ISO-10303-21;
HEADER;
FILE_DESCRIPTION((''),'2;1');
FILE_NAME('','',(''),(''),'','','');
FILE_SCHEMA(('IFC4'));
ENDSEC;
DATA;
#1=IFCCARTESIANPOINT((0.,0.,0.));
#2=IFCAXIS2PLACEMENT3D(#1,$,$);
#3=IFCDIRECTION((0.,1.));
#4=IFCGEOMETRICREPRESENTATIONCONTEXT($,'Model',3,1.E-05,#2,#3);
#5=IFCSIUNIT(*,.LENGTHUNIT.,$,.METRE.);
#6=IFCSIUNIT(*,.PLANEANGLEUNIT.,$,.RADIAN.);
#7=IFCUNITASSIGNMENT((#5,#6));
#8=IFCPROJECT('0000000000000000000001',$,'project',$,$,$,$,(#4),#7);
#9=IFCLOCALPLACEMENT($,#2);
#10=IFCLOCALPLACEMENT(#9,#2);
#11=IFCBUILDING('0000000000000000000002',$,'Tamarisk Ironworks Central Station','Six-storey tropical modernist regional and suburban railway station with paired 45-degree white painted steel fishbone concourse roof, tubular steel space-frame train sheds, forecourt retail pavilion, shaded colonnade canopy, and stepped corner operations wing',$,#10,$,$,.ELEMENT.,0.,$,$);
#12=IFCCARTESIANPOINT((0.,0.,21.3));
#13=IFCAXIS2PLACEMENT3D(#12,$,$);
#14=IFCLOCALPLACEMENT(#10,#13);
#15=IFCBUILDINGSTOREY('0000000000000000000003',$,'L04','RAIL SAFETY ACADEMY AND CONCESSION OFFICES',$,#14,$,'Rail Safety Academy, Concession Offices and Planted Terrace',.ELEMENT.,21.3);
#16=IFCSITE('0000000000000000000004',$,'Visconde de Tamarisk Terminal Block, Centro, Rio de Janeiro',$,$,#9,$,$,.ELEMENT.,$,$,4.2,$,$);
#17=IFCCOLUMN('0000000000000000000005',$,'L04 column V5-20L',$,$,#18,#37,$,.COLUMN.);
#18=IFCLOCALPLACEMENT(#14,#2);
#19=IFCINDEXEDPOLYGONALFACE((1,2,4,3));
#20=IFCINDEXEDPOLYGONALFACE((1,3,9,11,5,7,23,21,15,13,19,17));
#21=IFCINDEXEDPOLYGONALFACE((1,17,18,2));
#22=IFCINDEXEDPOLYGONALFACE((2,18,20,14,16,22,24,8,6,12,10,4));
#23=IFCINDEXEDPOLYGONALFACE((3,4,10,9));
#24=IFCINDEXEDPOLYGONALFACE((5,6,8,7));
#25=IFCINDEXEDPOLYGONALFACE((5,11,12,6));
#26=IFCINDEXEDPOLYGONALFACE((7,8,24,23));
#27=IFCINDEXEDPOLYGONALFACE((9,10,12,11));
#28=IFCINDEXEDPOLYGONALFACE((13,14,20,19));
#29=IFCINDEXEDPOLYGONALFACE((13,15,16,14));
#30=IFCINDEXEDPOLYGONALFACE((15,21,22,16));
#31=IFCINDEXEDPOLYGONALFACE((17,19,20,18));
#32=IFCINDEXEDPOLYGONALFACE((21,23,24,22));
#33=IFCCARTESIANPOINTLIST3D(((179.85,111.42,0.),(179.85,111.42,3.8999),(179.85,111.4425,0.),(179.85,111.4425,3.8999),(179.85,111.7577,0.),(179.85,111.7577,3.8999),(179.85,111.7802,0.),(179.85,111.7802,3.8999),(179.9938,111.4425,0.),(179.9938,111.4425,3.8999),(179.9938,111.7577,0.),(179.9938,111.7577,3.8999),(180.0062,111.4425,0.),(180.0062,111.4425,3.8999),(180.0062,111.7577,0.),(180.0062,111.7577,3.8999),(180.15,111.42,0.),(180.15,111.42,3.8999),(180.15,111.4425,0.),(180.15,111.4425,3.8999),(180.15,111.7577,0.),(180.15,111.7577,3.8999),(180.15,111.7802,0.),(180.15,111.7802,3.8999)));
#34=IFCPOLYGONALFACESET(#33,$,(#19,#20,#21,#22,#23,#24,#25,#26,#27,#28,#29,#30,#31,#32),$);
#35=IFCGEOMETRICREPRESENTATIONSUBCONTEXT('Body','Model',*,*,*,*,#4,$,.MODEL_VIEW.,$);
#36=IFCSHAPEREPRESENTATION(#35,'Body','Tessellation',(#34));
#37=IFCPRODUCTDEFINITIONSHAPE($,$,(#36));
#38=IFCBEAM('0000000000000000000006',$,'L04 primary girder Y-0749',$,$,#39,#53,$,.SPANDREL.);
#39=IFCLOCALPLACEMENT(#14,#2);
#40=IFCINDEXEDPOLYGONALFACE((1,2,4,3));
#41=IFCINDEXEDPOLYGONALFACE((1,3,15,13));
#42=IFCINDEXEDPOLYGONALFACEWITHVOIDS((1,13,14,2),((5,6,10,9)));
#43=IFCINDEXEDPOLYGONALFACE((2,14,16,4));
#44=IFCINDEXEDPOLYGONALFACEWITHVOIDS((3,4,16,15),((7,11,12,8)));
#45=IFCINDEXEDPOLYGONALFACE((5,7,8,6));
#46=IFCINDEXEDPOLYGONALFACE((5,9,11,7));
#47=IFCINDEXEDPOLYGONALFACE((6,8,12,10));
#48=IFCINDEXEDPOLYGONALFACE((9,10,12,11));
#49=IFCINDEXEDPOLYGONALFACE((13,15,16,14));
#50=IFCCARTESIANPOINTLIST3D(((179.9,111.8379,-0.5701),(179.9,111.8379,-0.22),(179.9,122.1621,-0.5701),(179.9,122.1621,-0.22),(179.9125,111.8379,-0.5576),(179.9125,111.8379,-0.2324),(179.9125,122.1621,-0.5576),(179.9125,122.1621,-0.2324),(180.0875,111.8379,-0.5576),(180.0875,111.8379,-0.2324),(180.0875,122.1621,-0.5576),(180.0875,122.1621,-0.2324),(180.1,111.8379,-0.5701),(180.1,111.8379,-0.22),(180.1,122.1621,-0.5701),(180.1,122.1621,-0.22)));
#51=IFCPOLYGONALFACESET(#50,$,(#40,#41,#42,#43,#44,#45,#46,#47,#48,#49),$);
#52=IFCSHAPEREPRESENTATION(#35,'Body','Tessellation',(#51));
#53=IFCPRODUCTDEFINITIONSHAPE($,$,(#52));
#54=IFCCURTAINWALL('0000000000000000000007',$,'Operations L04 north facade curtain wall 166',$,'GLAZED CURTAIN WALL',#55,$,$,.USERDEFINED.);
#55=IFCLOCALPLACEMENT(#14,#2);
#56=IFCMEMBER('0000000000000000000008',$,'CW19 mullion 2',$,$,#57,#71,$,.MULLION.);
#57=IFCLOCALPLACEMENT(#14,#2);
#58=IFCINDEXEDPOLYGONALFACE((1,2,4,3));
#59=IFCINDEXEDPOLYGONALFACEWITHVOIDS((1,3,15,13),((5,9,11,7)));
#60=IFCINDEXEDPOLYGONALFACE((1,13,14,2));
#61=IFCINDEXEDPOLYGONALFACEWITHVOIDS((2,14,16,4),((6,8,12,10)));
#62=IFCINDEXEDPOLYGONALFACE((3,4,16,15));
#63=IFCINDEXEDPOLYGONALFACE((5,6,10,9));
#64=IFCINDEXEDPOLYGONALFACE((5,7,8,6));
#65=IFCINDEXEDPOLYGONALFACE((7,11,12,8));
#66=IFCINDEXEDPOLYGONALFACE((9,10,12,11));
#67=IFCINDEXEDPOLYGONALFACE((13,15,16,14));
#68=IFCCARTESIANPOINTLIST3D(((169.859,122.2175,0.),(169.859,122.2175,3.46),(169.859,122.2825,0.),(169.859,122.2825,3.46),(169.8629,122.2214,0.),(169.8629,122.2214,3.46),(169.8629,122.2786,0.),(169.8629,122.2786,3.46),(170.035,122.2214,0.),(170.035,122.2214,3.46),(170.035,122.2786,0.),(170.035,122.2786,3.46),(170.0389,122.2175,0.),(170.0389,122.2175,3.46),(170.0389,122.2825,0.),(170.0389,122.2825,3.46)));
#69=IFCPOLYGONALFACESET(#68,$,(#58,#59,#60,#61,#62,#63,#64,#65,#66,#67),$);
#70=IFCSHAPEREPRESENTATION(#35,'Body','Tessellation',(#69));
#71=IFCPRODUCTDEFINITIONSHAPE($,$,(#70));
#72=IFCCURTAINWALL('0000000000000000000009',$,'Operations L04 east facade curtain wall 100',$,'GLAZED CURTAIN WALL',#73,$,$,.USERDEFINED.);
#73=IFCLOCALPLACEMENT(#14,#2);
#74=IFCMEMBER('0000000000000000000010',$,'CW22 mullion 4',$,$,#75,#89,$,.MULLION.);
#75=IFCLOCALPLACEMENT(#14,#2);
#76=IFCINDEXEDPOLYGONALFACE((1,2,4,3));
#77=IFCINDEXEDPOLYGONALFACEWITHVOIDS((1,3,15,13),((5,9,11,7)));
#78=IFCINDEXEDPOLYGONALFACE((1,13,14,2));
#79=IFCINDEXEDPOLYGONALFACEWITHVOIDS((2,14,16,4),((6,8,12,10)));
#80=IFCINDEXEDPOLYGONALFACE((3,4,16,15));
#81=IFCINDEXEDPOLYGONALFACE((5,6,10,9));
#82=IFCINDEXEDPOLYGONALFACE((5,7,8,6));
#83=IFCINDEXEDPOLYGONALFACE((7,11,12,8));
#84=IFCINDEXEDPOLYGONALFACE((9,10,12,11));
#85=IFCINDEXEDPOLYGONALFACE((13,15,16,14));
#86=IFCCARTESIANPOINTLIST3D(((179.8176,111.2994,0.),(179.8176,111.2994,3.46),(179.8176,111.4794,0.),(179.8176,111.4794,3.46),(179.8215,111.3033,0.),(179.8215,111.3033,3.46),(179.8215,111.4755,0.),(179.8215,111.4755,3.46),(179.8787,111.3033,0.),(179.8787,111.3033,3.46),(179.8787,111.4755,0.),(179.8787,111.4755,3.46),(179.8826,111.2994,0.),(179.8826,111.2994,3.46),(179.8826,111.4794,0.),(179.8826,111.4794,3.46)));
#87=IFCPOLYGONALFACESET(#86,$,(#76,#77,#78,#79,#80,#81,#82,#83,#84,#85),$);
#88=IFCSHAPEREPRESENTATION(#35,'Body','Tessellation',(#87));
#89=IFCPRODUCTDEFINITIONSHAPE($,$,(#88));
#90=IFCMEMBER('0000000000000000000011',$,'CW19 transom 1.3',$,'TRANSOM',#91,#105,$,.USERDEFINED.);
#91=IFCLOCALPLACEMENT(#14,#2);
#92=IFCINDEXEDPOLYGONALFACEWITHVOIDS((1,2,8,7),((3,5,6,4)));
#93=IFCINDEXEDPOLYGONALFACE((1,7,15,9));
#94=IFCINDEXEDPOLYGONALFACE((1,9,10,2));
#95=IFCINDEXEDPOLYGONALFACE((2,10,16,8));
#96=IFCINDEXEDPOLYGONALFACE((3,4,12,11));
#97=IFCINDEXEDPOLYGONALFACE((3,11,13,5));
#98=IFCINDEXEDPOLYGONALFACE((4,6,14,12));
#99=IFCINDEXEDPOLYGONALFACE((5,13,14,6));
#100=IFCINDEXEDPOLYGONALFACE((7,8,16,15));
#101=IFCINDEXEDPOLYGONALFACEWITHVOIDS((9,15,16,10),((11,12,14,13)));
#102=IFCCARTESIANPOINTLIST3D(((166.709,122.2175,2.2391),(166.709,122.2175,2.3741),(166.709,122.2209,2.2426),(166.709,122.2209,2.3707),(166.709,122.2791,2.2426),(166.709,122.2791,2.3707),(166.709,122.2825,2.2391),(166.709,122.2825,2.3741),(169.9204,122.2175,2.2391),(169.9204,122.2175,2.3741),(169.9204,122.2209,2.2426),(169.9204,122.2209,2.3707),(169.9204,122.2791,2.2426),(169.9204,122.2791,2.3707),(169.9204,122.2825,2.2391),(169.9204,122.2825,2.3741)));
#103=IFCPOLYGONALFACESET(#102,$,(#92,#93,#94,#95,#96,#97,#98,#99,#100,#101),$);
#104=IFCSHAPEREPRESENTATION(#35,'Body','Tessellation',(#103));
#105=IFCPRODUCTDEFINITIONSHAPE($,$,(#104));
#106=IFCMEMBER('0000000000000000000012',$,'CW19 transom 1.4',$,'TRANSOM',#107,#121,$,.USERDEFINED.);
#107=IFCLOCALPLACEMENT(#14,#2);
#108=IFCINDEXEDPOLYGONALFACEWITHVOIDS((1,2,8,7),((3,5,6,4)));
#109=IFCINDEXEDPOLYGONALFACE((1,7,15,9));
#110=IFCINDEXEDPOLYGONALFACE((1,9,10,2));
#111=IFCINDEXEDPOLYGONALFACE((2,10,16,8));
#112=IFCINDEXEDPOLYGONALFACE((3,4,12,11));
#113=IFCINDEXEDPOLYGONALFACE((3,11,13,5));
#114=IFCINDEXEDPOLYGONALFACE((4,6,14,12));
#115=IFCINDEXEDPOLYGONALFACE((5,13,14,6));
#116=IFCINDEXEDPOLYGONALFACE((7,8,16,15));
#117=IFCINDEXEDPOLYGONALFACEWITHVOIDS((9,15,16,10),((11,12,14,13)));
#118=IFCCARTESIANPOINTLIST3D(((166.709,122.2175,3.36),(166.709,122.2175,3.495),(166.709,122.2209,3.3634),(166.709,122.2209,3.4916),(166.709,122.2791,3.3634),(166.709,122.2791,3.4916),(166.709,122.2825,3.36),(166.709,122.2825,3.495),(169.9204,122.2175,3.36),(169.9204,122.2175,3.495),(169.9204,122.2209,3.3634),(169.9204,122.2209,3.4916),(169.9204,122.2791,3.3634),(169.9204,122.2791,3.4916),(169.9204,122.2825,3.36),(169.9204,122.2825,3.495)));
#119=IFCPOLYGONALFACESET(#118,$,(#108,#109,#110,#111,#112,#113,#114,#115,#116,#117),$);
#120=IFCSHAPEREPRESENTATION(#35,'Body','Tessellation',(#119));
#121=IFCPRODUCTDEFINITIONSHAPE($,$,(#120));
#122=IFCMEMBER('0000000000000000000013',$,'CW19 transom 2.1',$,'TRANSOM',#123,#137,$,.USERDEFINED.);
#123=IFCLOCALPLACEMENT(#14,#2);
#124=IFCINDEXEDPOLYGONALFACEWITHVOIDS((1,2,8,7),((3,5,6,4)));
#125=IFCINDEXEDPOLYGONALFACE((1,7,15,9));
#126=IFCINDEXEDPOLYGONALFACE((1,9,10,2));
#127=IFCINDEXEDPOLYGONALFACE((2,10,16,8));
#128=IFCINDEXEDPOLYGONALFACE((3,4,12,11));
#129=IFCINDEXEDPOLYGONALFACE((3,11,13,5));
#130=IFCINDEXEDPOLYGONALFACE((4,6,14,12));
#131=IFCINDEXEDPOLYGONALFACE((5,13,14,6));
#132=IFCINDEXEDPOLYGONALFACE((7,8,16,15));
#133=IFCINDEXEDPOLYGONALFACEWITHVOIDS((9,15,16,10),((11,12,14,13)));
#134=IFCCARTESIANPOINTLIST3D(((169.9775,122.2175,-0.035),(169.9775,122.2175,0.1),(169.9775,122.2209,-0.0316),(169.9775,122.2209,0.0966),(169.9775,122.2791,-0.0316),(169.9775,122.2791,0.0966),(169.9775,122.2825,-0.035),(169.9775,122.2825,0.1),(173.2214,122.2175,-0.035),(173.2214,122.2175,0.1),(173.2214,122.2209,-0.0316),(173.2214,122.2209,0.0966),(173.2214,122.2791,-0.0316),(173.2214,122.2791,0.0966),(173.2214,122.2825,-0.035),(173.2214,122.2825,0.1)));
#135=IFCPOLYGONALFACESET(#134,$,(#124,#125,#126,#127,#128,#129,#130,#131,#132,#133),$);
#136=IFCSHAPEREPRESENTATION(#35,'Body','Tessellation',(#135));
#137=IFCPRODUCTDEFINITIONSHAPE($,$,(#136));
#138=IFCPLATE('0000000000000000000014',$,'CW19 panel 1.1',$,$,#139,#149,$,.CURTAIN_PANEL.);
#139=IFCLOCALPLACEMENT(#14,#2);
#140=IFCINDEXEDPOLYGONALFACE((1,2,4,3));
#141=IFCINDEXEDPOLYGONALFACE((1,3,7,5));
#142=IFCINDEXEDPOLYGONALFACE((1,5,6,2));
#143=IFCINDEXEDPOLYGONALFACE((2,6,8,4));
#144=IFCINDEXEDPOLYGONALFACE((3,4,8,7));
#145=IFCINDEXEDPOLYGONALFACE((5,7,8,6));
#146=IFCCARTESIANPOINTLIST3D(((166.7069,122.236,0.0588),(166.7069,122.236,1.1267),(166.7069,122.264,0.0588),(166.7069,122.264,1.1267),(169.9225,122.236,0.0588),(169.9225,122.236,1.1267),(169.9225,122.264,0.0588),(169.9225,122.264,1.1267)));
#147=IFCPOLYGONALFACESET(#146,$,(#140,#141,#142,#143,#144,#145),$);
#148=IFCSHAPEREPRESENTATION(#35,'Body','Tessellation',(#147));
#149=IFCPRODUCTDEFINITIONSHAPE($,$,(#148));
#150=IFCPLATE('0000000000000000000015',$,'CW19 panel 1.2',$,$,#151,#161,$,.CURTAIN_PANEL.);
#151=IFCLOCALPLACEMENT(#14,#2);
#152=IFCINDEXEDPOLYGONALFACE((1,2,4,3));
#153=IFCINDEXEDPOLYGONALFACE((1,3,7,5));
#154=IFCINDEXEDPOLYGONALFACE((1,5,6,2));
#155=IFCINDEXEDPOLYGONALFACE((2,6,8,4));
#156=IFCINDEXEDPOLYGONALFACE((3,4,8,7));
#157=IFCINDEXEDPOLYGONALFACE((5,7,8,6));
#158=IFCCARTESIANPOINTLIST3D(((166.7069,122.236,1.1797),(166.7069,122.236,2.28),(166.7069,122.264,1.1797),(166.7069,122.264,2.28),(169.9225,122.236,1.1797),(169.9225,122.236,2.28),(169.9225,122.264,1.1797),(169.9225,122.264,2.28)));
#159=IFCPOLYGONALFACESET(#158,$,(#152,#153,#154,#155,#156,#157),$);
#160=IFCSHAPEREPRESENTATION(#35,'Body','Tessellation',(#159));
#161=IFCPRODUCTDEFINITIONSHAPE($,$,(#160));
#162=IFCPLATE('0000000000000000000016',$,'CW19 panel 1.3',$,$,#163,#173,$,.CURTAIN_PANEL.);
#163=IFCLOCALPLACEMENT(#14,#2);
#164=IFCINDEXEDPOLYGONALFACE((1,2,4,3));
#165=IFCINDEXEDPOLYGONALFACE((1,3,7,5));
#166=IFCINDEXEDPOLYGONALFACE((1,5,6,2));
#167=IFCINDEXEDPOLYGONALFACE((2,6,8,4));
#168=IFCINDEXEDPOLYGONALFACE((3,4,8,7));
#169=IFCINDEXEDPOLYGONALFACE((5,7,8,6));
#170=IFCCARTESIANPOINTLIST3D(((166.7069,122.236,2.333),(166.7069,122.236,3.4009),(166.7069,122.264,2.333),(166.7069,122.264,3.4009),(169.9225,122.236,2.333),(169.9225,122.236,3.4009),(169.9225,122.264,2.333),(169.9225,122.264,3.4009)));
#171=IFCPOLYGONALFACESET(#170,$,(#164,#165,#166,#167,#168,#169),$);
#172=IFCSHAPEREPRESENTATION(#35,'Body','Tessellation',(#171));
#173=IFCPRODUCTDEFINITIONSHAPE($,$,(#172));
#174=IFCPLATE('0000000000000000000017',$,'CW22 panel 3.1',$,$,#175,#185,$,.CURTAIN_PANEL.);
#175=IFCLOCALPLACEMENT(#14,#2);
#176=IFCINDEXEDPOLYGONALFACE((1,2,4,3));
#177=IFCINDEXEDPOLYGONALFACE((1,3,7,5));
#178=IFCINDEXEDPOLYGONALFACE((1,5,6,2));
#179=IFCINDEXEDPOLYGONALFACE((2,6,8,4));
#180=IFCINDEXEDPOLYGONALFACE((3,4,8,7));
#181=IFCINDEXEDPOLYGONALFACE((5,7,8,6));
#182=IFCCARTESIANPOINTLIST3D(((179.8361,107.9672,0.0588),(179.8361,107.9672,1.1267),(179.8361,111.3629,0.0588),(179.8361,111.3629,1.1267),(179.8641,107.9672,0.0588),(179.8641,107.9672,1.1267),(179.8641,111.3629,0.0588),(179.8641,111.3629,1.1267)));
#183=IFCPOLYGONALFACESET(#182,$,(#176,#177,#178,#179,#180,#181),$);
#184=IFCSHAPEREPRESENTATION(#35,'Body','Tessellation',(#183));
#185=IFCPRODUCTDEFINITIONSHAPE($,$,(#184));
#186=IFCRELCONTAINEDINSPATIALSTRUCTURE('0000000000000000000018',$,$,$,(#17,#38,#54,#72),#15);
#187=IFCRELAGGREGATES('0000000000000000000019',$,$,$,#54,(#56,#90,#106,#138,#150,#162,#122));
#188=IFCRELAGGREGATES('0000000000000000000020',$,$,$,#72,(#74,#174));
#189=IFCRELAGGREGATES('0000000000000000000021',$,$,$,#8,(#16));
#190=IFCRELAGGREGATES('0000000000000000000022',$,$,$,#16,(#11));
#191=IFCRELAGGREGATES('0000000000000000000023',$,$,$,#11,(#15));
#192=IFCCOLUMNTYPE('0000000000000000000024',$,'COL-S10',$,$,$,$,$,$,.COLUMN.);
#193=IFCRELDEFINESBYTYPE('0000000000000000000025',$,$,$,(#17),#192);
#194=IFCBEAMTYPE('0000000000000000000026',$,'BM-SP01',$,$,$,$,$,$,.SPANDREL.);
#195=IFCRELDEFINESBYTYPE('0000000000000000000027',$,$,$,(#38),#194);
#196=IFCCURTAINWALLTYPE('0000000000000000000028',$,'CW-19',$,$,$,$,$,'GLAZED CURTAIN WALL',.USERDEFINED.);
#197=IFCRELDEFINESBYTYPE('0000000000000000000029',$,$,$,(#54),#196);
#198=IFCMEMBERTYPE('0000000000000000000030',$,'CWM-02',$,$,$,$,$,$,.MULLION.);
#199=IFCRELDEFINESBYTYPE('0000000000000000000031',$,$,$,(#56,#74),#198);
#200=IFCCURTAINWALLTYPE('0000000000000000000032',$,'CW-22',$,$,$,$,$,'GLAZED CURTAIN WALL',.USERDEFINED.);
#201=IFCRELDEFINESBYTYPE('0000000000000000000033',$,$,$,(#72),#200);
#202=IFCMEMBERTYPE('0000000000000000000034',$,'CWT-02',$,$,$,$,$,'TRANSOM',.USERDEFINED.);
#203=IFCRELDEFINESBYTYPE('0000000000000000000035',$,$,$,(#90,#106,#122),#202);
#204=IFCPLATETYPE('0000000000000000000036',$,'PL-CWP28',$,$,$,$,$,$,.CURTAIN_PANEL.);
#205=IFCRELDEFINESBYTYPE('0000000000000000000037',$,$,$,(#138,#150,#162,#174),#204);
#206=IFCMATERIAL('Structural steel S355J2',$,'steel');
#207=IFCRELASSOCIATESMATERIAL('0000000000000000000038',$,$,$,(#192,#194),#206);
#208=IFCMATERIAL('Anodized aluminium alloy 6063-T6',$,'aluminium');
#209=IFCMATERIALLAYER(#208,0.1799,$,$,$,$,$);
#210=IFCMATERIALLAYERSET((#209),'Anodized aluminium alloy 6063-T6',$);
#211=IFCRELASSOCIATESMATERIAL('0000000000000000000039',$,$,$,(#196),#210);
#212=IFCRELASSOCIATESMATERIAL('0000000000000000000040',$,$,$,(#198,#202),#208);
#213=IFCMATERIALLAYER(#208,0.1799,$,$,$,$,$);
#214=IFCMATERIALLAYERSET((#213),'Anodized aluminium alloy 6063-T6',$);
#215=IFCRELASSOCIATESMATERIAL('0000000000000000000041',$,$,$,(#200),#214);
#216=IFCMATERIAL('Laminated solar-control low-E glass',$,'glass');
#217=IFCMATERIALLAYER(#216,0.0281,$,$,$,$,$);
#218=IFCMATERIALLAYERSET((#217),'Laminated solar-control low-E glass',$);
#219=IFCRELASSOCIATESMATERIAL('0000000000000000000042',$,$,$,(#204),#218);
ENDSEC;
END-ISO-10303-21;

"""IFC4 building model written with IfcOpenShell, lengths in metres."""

from ifc_helpers import new_model, si_unit, direction, frame, origin, origin_2d, place, context, subcontext, project, spatial, rectangle, hollow_rectangle, i_section, extrude, material, layer, layer_set, material_profile, profile_set, type_object, element, aggregate, save


model = new_model("IFC4")

# Units and contexts
model_context = context("Model", 3, precision=1e-05, world=origin(), true_north=direction((0.0, 1.0)))
body_context = subcontext(model_context, "Body", "Model", "MODEL_VIEW")
ifc_project = project(units=[si_unit("LENGTHUNIT", "METRE"), si_unit("PLANEANGLEUNIT", "RADIAN")], contexts=[model_context])

# Site, building, storey
site_placement = place(None, origin())
site = spatial("IfcSite", under=ifc_project, at=site_placement, Name="Visconde de Tamarisk Terminal Block, Centro, Rio de Janeiro", CompositionType="ELEMENT", RefElevation=4.2)
building_placement = place(site_placement, origin())
building = spatial("IfcBuilding", under=site, at=building_placement, Name="Tamarisk Ironworks Central Station", Description="Six-storey tropical modernist regional and suburban railway station with paired 45-degree white painted steel fishbone concourse roof, tubular steel space-frame train sheds, forecourt retail pavilion, shaded colonnade canopy, and stepped corner operations wing", CompositionType="ELEMENT", ElevationOfRefHeight=0.0)
storey_placement = place(building_placement, frame((0.0, 0.0, 21.3)))
storey = spatial("IfcBuildingStorey", under=building, at=storey_placement, Name="L04", Description="RAIL SAFETY ACADEMY AND CONCESSION OFFICES", LongName="Rail Safety Academy, Concession Offices and Planted Terrace", CompositionType="ELEMENT", Elevation=21.3)

# Column
ifc_material_1 = material(Name="Structural steel S355J2", Category="steel")
ifc_material_profile_1 = material_profile(ifc_material_1, i_section(OverallWidth=0.3, OverallDepth=0.3601, WebThickness=0.0125, FlangeThickness=0.0225, at=origin_2d()), Name="HEB 360")
ifc_profile_set_1 = profile_set([ifc_material_profile_1], Name="Structural steel S355J2")
column_type = type_object("IfcColumnType", Name="COL-S10", PredefinedType="COLUMN", material=ifc_profile_set_1)
column_placement = place(storey_placement, frame((180.0, 111.6001, 0.0), z_axis=(0.0, 0.0, 1.0), x_axis=(1.0, 0.0, 0.0)))
element("IfcColumn", 1, at=column_placement, inside=storey, type_object=column_type, Name="L04 column V5-20L", PredefinedType="COLUMN", context=body_context, shape_type="SweptSolid", body=[
    extrude(i_section(OverallWidth=0.3, OverallDepth=0.3601, WebThickness=0.0125, FlangeThickness=0.0225, at=origin_2d()), origin(), (0.0, 0.0, 1.0), 3.8999),
])

# Beam
ifc_material_profile_2 = material_profile(ifc_material_1, hollow_rectangle(XDim=0.2, YDim=0.3501, WallThickness=0.0125, at=origin_2d()), Name="RHS 350x200x12.5")
ifc_profile_set_2 = profile_set([ifc_material_profile_2], Name="Structural steel S355J2")
beam_type = type_object("IfcBeamType", Name="BM-SP01", PredefinedType="SPANDREL", material=ifc_profile_set_2)
beam_placement = place(storey_placement, frame((180.0, 111.8379, -0.395), z_axis=(0.0, 1.0, 0.0), x_axis=(-1.0, 0.0, 0.0)))
element("IfcBeam", 2, at=beam_placement, inside=storey, type_object=beam_type, Name="L04 primary girder Y-0749", PredefinedType="SPANDREL", context=body_context, shape_type="SweptSolid", body=[
    extrude(hollow_rectangle(XDim=0.2, YDim=0.3501, WallThickness=0.0125, at=origin_2d()), origin(), (0.0, 0.0, 1.0), 10.3242),
])

# Curtain walls, members
ifc_material_2 = material(Name="Anodized aluminium alloy 6063-T6", Category="aluminium")
ifc_layer_1 = layer(ifc_material_2, 0.1799)
ifc_layer_set_1 = layer_set([ifc_layer_1], Name="Anodized aluminium alloy 6063-T6")
curtain_wall_type_1 = type_object("IfcCurtainWallType", Name="CW-19", ElementType="GLAZED CURTAIN WALL", PredefinedType="USERDEFINED", material=ifc_layer_set_1)
curtain_wall_1_placement = place(storey_placement, origin())
curtain_wall_1 = element("IfcCurtainWall", 3, at=curtain_wall_1_placement, inside=storey, type_object=curtain_wall_type_1, Name="Operations L04 north facade curtain wall 166", ObjectType="GLAZED CURTAIN WALL", PredefinedType="USERDEFINED")
ifc_material_profile_3 = material_profile(ifc_material_2, hollow_rectangle(XDim=0.0649, YDim=0.1799, WallThickness=0.0039, at=origin_2d()), Name="ALUM 180x65")
ifc_profile_set_3 = profile_set([ifc_material_profile_3], Name="Anodized aluminium alloy 6063-T6")
member_type_1 = type_object("IfcMemberType", Name="CWM-02", PredefinedType="MULLION", material=ifc_profile_set_3)
member_1_placement = place(storey_placement, frame((169.949, 122.25, 0.0), z_axis=(0.0, 0.0, 1.0), x_axis=(0.0, 1.0, 0.0)))
member_1 = element("IfcMember", 4, at=member_1_placement, type_object=member_type_1, Name="CW19 mullion 2", PredefinedType="MULLION", context=body_context, shape_type="SweptSolid", body=[
    extrude(hollow_rectangle(XDim=0.0649, YDim=0.1799, WallThickness=0.0039, at=origin_2d()), origin(), (0.0, 0.0, 1.0), 3.46),
])
ifc_layer_2 = layer(ifc_material_2, 0.1799)
ifc_layer_set_2 = layer_set([ifc_layer_2], Name="Anodized aluminium alloy 6063-T6")
curtain_wall_type_2 = type_object("IfcCurtainWallType", Name="CW-22", ElementType="GLAZED CURTAIN WALL", PredefinedType="USERDEFINED", material=ifc_layer_set_2)
curtain_wall_2_placement = place(storey_placement, origin())
curtain_wall_2 = element("IfcCurtainWall", 5, at=curtain_wall_2_placement, inside=storey, type_object=curtain_wall_type_2, Name="Operations L04 east facade curtain wall 100", ObjectType="GLAZED CURTAIN WALL", PredefinedType="USERDEFINED")
member_2_placement = place(storey_placement, frame((179.8501, 111.3894, 0.0), z_axis=(0.0, 0.0, 1.0), x_axis=(-1.0, 0.0, 0.0)))
member_2 = element("IfcMember", 6, at=member_2_placement, type_object=member_type_1, Name="CW22 mullion 4", PredefinedType="MULLION", context=body_context, shape_type="SweptSolid", body=[
    extrude(hollow_rectangle(XDim=0.0649, YDim=0.1799, WallThickness=0.0039, at=origin_2d()), origin(), (0.0, 0.0, 1.0), 3.46),
])

# Members
ifc_material_profile_4 = material_profile(ifc_material_2, hollow_rectangle(XDim=0.0649, YDim=0.135, WallThickness=0.0034, at=origin_2d()), Name="ALUM 135x65")
ifc_profile_set_4 = profile_set([ifc_material_profile_4], Name="Anodized aluminium alloy 6063-T6")
member_type_2 = type_object("IfcMemberType", Name="CWT-02", ElementType="TRANSOM", PredefinedType="USERDEFINED", material=ifc_profile_set_4)
member_3_placement = place(storey_placement, frame((166.709, 122.25, 2.3066), z_axis=(1.0, 0.0, 0.0), x_axis=(0.0, 1.0, 0.0)))
member_3 = element("IfcMember", 7, at=member_3_placement, type_object=member_type_2, Name="CW19 transom 1.3", ObjectType="TRANSOM", PredefinedType="USERDEFINED", context=body_context, shape_type="SweptSolid", body=[
    extrude(hollow_rectangle(XDim=0.0649, YDim=0.135, WallThickness=0.0034, at=origin_2d()), origin(), (0.0, 0.0, 1.0), 3.2114),
])
member_4_placement = place(storey_placement, frame((166.709, 122.25, 3.4275), z_axis=(1.0, 0.0, 0.0), x_axis=(0.0, 1.0, 0.0)))
member_4 = element("IfcMember", 8, at=member_4_placement, type_object=member_type_2, Name="CW19 transom 1.4", ObjectType="TRANSOM", PredefinedType="USERDEFINED", context=body_context, shape_type="SweptSolid", body=[
    extrude(hollow_rectangle(XDim=0.0649, YDim=0.135, WallThickness=0.0034, at=origin_2d()), origin(), (0.0, 0.0, 1.0), 3.2114),
])
member_5_placement = place(storey_placement, frame((169.9775, 122.25, 0.0325), z_axis=(1.0, 0.0, 0.0), x_axis=(0.0, 1.0, 0.0)))
member_5 = element("IfcMember", 9, at=member_5_placement, type_object=member_type_2, Name="CW19 transom 2.1", ObjectType="TRANSOM", PredefinedType="USERDEFINED", context=body_context, shape_type="SweptSolid", body=[
    extrude(hollow_rectangle(XDim=0.0649, YDim=0.135, WallThickness=0.0034, at=origin_2d()), origin(), (0.0, 0.0, 1.0), 3.2439),
])

# Plates
ifc_material_3 = material(Name="Laminated solar-control low-E glass", Category="glass")
ifc_layer_3 = layer(ifc_material_3, 0.0281)
ifc_layer_set_3 = layer_set([ifc_layer_3], Name="Laminated solar-control low-E glass")
plate_type = type_object("IfcPlateType", Name="PL-CWP28", PredefinedType="CURTAIN_PANEL", material=ifc_layer_set_3)
plate_1_placement = place(storey_placement, frame((168.3147, 122.25, 0.0588), z_axis=(0.0, 0.0, 1.0), x_axis=(1.0, 0.0, 0.0)))
plate_1 = element("IfcPlate", 10, at=plate_1_placement, type_object=plate_type, Name="CW19 panel 1.1", PredefinedType="CURTAIN_PANEL", context=body_context, shape_type="SweptSolid", body=[
    extrude(rectangle(XDim=3.2156, YDim=0.0281, at=origin_2d()), origin(), (0.0, 0.0, 1.0), 1.0679),
])
plate_2_placement = place(storey_placement, frame((168.3147, 122.25, 1.1797), z_axis=(0.0, 0.0, 1.0), x_axis=(1.0, 0.0, 0.0)))
plate_2 = element("IfcPlate", 11, at=plate_2_placement, type_object=plate_type, Name="CW19 panel 1.2", PredefinedType="CURTAIN_PANEL", context=body_context, shape_type="SweptSolid", body=[
    extrude(rectangle(XDim=3.2156, YDim=0.0281, at=origin_2d()), origin(), (0.0, 0.0, 1.0), 1.1003),
])
plate_3_placement = place(storey_placement, frame((168.3147, 122.25, 2.333), z_axis=(0.0, 0.0, 1.0), x_axis=(1.0, 0.0, 0.0)))
plate_3 = element("IfcPlate", 12, at=plate_3_placement, type_object=plate_type, Name="CW19 panel 1.3", PredefinedType="CURTAIN_PANEL", context=body_context, shape_type="SweptSolid", body=[
    extrude(rectangle(XDim=3.2156, YDim=0.0281, at=origin_2d()), origin(), (0.0, 0.0, 1.0), 1.0679),
])
aggregate(curtain_wall_1, [member_1, member_3, member_4, plate_1, plate_2, plate_3, member_5])
plate_4_placement = place(storey_placement, frame((179.8501, 109.665, 0.0588), z_axis=(0.0, 0.0, 1.0), x_axis=(0.0, 1.0, 0.0)))
plate_4 = element("IfcPlate", 13, at=plate_4_placement, type_object=plate_type, Name="CW22 panel 3.1", PredefinedType="CURTAIN_PANEL", context=body_context, shape_type="SweptSolid", body=[
    extrude(rectangle(XDim=3.3958, YDim=0.0281, at=origin_2d()), origin(), (0.0, 0.0, 1.0), 1.0679),
])
aggregate(curtain_wall_2, [member_2, plate_4])

save(model, "model.ifc")
